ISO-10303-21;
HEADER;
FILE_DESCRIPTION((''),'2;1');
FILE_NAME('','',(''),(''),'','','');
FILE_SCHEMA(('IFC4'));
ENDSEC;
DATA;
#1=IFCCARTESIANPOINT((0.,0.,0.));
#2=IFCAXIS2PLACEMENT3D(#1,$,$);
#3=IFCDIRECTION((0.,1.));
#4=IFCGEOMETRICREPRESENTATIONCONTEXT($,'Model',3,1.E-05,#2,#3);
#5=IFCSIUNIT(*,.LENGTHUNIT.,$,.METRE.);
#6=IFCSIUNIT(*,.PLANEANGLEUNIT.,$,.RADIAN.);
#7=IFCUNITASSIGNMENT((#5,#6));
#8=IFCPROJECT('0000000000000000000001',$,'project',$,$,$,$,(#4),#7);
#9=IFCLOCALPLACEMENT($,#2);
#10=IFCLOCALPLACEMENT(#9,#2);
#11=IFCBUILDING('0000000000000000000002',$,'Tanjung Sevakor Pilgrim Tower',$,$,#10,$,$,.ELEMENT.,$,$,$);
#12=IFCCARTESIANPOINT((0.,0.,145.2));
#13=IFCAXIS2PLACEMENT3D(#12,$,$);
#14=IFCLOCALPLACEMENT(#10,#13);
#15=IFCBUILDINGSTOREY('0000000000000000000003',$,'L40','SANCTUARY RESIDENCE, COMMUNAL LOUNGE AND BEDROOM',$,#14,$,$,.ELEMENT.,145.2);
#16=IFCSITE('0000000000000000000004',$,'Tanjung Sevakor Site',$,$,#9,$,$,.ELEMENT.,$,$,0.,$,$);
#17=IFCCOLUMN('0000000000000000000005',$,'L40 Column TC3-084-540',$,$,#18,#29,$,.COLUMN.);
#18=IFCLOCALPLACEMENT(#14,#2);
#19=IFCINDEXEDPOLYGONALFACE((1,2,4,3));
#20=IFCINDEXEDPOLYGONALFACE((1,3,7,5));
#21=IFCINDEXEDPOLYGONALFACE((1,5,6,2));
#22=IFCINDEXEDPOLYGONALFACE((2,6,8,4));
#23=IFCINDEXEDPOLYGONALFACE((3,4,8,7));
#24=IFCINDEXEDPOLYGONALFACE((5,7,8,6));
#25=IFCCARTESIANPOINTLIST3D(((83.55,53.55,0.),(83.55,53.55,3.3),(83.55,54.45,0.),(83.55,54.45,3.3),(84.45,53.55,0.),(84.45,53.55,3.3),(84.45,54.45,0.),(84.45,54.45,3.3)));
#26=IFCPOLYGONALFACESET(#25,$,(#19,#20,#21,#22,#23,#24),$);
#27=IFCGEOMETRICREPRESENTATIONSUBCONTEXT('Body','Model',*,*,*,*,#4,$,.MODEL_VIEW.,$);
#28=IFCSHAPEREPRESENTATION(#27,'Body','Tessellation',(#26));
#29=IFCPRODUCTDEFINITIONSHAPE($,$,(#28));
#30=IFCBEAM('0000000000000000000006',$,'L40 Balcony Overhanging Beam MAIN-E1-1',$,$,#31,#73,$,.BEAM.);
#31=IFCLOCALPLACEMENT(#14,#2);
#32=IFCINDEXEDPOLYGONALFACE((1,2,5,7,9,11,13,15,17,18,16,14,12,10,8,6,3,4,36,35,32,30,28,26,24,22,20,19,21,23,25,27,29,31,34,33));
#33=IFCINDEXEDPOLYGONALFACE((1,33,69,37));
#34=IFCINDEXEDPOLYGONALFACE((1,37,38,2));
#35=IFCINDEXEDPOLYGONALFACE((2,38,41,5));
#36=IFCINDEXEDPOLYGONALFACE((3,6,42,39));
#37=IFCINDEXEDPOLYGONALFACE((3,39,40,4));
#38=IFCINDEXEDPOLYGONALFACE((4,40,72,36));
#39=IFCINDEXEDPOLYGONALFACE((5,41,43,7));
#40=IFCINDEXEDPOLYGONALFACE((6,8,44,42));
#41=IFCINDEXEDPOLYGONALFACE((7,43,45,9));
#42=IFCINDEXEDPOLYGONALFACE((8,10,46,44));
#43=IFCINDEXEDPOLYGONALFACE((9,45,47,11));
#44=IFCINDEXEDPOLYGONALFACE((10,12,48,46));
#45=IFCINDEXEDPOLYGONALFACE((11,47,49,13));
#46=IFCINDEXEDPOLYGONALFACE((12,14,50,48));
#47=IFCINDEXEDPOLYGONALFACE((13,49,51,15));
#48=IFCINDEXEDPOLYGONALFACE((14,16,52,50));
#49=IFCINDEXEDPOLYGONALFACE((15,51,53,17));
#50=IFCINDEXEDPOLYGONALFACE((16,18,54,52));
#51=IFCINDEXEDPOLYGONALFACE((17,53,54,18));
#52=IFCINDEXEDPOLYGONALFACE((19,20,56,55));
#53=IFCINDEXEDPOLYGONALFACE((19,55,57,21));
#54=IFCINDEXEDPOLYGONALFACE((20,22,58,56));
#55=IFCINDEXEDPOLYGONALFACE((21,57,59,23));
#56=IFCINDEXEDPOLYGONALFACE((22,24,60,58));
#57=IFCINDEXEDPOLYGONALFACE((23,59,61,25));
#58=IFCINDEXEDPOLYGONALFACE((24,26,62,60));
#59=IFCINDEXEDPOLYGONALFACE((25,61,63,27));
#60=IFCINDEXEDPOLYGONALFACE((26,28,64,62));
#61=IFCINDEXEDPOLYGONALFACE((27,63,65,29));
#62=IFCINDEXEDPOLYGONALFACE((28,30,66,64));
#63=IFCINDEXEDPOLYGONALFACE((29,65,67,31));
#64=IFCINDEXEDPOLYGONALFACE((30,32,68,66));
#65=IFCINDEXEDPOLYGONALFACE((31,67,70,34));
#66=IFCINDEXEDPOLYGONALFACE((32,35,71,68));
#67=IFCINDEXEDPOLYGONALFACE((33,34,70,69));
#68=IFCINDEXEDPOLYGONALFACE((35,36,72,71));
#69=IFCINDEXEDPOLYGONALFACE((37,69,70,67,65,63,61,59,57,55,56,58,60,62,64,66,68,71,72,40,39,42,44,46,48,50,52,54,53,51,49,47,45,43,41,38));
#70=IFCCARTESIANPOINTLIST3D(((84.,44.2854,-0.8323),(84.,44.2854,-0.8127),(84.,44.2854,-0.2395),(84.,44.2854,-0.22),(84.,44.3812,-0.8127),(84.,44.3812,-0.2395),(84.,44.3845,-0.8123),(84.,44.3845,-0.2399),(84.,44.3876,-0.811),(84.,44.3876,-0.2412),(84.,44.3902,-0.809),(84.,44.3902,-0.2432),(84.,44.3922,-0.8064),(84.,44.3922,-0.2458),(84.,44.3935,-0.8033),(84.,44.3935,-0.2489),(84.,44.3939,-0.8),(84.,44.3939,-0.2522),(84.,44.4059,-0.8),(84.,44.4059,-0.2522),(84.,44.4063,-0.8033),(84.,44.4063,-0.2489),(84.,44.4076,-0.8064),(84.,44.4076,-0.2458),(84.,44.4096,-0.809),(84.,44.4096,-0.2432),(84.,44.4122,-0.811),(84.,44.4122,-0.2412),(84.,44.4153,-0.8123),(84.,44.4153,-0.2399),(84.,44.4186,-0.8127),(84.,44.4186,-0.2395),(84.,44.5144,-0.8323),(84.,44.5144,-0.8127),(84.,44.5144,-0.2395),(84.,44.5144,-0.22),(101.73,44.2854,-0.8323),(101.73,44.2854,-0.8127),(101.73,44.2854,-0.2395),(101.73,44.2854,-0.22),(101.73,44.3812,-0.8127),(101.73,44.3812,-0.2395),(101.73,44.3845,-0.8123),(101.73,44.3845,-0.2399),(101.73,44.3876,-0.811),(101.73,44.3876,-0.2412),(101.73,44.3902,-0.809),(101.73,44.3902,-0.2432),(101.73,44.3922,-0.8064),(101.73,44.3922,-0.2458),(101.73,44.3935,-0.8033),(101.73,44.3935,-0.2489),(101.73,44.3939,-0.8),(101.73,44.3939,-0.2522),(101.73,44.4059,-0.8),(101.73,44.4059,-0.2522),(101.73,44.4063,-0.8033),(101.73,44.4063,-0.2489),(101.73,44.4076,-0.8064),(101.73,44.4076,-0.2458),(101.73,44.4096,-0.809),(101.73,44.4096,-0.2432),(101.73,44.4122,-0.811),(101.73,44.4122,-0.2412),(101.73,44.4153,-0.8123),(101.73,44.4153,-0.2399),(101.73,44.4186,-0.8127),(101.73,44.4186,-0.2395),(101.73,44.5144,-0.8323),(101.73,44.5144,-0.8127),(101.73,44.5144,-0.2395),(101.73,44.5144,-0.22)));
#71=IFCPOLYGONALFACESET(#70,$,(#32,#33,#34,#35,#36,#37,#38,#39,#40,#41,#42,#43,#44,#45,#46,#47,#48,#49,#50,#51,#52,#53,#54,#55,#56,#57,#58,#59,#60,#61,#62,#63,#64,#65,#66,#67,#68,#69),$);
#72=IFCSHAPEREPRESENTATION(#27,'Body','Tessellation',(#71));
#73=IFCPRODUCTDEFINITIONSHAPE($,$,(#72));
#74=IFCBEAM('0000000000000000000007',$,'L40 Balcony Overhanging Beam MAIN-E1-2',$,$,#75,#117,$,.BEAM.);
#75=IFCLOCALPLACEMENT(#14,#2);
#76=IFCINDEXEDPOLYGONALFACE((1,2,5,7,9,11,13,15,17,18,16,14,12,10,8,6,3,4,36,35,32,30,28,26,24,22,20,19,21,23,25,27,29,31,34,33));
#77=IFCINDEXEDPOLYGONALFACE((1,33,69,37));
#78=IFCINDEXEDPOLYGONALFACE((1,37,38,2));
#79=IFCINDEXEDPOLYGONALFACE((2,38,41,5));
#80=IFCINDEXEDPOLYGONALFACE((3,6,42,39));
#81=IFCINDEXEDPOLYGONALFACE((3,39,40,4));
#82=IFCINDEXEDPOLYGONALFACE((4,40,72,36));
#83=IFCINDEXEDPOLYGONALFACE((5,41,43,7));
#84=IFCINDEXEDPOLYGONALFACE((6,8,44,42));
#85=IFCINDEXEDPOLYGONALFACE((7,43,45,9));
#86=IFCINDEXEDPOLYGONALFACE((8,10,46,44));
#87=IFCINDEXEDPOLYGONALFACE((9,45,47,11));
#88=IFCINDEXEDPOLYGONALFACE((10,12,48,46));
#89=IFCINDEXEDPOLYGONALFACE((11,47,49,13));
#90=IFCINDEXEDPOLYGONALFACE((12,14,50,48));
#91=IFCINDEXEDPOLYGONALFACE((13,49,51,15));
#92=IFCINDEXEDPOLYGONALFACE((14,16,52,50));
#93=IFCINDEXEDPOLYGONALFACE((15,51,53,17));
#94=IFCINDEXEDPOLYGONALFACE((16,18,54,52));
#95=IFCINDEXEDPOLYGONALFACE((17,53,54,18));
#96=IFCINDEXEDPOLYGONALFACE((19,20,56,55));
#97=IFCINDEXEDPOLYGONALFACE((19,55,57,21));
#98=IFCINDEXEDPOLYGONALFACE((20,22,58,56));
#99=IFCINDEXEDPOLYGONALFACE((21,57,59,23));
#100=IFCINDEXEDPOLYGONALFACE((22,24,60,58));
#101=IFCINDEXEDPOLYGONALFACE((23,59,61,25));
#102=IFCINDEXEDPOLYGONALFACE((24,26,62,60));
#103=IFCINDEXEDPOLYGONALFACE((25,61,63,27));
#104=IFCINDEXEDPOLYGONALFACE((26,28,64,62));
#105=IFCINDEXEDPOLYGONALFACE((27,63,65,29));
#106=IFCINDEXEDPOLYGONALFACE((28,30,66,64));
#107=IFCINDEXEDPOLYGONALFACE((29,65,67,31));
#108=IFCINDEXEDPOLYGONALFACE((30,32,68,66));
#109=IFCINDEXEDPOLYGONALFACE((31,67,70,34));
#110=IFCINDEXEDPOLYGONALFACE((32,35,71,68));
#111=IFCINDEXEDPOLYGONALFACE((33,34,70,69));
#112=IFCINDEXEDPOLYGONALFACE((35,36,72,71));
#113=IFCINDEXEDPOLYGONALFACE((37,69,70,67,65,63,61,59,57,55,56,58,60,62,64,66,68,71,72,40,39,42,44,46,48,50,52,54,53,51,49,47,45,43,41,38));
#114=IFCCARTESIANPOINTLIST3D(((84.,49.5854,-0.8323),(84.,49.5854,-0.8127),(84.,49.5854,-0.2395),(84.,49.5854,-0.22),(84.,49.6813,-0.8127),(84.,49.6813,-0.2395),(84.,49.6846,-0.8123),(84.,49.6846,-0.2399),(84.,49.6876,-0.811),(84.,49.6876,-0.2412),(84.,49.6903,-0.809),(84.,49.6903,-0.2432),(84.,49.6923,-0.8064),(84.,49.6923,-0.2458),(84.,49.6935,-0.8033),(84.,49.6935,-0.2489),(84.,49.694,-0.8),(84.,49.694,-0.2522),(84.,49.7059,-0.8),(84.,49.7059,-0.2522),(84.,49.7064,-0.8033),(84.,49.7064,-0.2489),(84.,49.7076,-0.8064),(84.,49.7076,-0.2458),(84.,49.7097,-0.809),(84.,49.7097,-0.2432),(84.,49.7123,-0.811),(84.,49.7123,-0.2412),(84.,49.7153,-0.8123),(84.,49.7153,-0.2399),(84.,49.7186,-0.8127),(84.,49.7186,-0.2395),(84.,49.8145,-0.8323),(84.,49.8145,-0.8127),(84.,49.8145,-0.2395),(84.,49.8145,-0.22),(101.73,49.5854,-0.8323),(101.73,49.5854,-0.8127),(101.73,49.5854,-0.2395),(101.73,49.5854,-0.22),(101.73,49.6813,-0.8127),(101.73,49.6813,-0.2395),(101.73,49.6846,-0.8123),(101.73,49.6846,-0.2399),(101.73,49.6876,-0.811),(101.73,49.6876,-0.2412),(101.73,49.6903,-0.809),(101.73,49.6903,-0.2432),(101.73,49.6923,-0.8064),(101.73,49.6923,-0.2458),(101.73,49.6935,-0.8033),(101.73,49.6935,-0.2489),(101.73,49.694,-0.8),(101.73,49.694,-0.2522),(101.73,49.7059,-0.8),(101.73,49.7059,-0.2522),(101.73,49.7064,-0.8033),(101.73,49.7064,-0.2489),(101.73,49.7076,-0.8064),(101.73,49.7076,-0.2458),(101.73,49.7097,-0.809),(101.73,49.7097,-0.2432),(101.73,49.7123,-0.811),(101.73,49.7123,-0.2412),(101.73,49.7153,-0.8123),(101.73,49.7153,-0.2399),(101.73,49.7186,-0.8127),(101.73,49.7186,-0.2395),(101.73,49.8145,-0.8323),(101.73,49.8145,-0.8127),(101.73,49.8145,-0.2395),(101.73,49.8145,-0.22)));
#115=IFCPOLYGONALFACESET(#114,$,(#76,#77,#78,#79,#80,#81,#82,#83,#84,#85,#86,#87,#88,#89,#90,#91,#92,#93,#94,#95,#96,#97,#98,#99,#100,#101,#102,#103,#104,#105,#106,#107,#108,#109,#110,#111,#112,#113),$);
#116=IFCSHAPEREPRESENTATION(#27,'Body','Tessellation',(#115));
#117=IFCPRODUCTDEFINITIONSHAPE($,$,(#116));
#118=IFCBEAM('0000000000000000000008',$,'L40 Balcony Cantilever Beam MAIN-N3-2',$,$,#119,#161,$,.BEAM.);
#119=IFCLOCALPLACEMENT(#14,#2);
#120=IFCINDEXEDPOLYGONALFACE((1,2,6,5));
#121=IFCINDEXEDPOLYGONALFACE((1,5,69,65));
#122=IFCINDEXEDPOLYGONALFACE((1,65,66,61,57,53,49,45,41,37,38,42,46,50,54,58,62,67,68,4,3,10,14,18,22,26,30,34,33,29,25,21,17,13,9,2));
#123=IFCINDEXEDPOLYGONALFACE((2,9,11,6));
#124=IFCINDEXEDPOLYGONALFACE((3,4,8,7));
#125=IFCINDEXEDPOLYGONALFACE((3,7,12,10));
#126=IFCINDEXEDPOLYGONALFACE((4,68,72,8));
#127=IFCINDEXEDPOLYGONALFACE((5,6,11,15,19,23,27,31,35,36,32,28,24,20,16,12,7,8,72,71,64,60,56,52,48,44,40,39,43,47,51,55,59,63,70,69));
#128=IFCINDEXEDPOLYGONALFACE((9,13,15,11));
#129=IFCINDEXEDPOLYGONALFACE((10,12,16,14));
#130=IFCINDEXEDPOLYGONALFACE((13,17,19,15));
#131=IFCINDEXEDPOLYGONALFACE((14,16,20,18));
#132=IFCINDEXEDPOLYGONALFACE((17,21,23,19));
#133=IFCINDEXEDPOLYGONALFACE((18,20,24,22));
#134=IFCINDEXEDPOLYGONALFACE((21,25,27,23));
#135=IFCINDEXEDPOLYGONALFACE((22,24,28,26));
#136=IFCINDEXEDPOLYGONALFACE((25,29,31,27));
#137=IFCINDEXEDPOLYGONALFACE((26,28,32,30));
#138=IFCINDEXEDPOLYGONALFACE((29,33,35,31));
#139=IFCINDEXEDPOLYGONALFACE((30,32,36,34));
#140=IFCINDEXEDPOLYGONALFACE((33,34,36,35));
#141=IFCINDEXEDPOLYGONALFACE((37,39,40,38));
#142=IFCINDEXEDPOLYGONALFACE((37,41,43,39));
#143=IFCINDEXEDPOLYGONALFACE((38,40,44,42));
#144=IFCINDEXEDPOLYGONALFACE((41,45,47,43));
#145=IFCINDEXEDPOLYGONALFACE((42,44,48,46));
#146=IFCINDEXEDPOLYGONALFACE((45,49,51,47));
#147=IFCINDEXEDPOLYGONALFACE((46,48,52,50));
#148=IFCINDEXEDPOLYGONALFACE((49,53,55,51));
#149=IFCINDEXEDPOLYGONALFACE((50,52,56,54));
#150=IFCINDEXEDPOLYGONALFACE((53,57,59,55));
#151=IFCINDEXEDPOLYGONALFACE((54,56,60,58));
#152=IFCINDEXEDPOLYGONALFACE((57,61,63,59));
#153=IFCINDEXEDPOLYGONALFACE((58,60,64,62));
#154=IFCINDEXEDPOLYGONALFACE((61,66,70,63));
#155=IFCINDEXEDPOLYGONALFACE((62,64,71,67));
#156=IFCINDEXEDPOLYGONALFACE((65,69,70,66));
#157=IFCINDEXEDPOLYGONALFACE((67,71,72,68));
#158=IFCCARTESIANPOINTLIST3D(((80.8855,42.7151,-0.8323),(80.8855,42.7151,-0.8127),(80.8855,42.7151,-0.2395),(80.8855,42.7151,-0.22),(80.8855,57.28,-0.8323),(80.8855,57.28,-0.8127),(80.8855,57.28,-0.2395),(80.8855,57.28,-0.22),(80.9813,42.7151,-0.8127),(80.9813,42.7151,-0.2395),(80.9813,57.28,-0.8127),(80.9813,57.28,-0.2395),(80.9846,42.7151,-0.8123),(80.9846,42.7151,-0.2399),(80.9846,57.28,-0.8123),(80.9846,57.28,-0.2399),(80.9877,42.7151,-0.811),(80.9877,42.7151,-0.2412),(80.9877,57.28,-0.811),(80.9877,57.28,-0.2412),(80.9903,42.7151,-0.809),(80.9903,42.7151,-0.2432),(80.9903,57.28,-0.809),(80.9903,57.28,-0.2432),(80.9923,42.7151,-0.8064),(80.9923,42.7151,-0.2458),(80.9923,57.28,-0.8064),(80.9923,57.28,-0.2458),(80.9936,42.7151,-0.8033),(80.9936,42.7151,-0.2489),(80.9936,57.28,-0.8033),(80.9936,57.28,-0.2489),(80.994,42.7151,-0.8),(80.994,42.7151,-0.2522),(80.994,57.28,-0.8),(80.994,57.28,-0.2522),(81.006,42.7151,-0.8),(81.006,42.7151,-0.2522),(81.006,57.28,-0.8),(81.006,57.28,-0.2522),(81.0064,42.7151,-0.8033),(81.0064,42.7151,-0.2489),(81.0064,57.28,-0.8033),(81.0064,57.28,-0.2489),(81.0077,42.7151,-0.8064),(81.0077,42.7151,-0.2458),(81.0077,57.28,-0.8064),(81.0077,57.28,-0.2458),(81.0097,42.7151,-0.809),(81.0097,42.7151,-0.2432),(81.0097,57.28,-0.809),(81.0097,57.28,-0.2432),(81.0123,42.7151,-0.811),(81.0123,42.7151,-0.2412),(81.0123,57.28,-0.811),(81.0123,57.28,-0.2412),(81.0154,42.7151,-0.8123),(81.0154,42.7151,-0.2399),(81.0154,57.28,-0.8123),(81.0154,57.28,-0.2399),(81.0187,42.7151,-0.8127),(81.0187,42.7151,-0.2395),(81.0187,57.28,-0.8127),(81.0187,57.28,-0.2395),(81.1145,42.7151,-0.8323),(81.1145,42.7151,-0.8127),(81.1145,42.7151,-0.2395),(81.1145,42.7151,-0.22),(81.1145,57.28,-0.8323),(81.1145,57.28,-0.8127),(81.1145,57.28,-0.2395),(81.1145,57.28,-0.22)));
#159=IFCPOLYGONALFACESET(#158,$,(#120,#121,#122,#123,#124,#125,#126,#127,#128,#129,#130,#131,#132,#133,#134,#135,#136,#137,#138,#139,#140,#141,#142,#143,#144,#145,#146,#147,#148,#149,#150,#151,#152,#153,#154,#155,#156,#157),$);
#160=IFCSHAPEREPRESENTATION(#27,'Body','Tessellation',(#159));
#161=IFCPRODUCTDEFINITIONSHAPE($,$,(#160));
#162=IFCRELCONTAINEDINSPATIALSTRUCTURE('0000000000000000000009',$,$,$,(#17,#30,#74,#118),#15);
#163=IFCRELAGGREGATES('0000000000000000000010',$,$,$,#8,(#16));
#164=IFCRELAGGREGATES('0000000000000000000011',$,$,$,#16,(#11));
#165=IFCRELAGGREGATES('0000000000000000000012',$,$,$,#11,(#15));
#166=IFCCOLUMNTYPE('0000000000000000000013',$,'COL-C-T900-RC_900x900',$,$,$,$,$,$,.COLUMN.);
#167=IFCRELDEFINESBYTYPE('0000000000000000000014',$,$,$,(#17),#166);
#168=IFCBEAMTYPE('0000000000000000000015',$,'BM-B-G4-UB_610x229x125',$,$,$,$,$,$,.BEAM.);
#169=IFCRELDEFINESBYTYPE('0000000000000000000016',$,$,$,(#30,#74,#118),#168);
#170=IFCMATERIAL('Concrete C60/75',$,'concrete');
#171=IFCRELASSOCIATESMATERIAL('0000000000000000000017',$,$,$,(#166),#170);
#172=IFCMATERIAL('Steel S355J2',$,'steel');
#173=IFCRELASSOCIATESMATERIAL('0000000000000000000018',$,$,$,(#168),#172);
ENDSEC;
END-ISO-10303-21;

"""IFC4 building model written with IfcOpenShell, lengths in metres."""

from ifc_helpers import new_model, si_unit, direction, frame, origin, origin_2d, place, context, subcontext, project, spatial, rectangle, i_section, extrude, material, material_profile, profile_set, type_object, element, save


model = new_model("IFC4")

# Units and contexts
model_context = context("Model", 3, precision=1e-05, world=origin(), true_north=direction((0.0, 1.0)))
body_context = subcontext(model_context, "Body", "Model", "MODEL_VIEW")
ifc_project = project(units=[si_unit("LENGTHUNIT", "METRE"), si_unit("PLANEANGLEUNIT", "RADIAN")], contexts=[model_context])

# Site, building, storey
site_placement = place(None, origin())
site = spatial("IfcSite", under=ifc_project, at=site_placement, Name="Tanjung Sevakor Site", CompositionType="ELEMENT", RefElevation=0.0)
building_placement = place(site_placement, origin())
building = spatial("IfcBuilding", under=site, at=building_placement, Name="Tanjung Sevakor Pilgrim Tower", CompositionType="ELEMENT")
storey_placement = place(building_placement, frame((0.0, 0.0, 145.2)))
storey = spatial("IfcBuildingStorey", under=building, at=storey_placement, Name="L40", Description="SANCTUARY RESIDENCE, COMMUNAL LOUNGE AND BEDROOM", CompositionType="ELEMENT", Elevation=145.2)

# Column
ifc_material_1 = material(Name="Concrete C60/75", Category="concrete")
ifc_material_profile_1 = material_profile(ifc_material_1, rectangle(XDim=0.8999, YDim=0.8999, at=origin_2d()))
ifc_profile_set_1 = profile_set([ifc_material_profile_1], Name="Concrete C60/75")
column_type = type_object("IfcColumnType", Name="COL-C-T900-RC_900x900", PredefinedType="COLUMN", material=ifc_profile_set_1)
column_placement = place(storey_placement, frame((84.0, 54.0, 0.0), z_axis=(0.0, 0.0, 1.0), x_axis=(1.0, 0.0, 0.0)))
element("IfcColumn", 1, at=column_placement, inside=storey, type_object=column_type, Name="L40 Column TC3-084-540", PredefinedType="COLUMN", context=body_context, shape_type="SweptSolid", body=[
    extrude(rectangle(XDim=0.8999, YDim=0.8999, at=origin_2d()), origin(), (0.0, 0.0, 1.0), 3.3),
])

# Beams
ifc_material_2 = material(Name="Steel S355J2", Category="steel")
ifc_material_profile_2 = material_profile(ifc_material_2, i_section(OverallWidth=0.229, OverallDepth=0.6123, WebThickness=0.012, FlangeThickness=0.0195, FilletRadius=0.0127, at=origin_2d()))
ifc_profile_set_2 = profile_set([ifc_material_profile_2], Name="Steel S355J2")
beam_type_1 = type_object("IfcBeamType", Name="BM-B-G4-UB_610x229x125", PredefinedType="BEAM", material=ifc_profile_set_2)
for number, where, z_axis, x_axis, name in (
    (2, (84.0, 44.3999, -0.5261), (1.0, 0.0, 0.0), (0.0, 1.0, 0.0), "L40 Balcony Overhanging Beam MAIN-E1-1"),
    (3, (84.0, 49.7, -0.5261), (1.0, 0.0, 0.0), (0.0, 1.0, 0.0), "L40 Balcony Overhanging Beam MAIN-E1-2"),
):
    element("IfcBeam", number, at=place(storey_placement, frame(where, z_axis=z_axis, x_axis=x_axis)), inside=storey, type_object=beam_type_1, Name=name, PredefinedType="BEAM", context=body_context, shape_type="SweptSolid", body=[
        extrude(i_section(OverallWidth=0.229, OverallDepth=0.6123, WebThickness=0.012, FlangeThickness=0.0195, FilletRadius=0.0127, at=origin_2d()), origin(), (0.0, 0.0, 1.0), 17.73),
    ])
beam_1_placement = place(storey_placement, frame((81.0, 42.7151, -0.5261), z_axis=(0.0, 1.0, 0.0), x_axis=(-1.0, 0.0, 0.0)))
element("IfcBeam", 4, at=beam_1_placement, inside=storey, type_object=beam_type_1, Name="L40 Balcony Cantilever Beam MAIN-N3-2", PredefinedType="BEAM", context=body_context, shape_type="SweptSolid", body=[
    extrude(i_section(OverallWidth=0.229, OverallDepth=0.6123, WebThickness=0.012, FlangeThickness=0.0195, FilletRadius=0.0127, at=origin_2d()), origin(), (0.0, 0.0, 1.0), 14.5649),
])

save(model, "model.ifc")
